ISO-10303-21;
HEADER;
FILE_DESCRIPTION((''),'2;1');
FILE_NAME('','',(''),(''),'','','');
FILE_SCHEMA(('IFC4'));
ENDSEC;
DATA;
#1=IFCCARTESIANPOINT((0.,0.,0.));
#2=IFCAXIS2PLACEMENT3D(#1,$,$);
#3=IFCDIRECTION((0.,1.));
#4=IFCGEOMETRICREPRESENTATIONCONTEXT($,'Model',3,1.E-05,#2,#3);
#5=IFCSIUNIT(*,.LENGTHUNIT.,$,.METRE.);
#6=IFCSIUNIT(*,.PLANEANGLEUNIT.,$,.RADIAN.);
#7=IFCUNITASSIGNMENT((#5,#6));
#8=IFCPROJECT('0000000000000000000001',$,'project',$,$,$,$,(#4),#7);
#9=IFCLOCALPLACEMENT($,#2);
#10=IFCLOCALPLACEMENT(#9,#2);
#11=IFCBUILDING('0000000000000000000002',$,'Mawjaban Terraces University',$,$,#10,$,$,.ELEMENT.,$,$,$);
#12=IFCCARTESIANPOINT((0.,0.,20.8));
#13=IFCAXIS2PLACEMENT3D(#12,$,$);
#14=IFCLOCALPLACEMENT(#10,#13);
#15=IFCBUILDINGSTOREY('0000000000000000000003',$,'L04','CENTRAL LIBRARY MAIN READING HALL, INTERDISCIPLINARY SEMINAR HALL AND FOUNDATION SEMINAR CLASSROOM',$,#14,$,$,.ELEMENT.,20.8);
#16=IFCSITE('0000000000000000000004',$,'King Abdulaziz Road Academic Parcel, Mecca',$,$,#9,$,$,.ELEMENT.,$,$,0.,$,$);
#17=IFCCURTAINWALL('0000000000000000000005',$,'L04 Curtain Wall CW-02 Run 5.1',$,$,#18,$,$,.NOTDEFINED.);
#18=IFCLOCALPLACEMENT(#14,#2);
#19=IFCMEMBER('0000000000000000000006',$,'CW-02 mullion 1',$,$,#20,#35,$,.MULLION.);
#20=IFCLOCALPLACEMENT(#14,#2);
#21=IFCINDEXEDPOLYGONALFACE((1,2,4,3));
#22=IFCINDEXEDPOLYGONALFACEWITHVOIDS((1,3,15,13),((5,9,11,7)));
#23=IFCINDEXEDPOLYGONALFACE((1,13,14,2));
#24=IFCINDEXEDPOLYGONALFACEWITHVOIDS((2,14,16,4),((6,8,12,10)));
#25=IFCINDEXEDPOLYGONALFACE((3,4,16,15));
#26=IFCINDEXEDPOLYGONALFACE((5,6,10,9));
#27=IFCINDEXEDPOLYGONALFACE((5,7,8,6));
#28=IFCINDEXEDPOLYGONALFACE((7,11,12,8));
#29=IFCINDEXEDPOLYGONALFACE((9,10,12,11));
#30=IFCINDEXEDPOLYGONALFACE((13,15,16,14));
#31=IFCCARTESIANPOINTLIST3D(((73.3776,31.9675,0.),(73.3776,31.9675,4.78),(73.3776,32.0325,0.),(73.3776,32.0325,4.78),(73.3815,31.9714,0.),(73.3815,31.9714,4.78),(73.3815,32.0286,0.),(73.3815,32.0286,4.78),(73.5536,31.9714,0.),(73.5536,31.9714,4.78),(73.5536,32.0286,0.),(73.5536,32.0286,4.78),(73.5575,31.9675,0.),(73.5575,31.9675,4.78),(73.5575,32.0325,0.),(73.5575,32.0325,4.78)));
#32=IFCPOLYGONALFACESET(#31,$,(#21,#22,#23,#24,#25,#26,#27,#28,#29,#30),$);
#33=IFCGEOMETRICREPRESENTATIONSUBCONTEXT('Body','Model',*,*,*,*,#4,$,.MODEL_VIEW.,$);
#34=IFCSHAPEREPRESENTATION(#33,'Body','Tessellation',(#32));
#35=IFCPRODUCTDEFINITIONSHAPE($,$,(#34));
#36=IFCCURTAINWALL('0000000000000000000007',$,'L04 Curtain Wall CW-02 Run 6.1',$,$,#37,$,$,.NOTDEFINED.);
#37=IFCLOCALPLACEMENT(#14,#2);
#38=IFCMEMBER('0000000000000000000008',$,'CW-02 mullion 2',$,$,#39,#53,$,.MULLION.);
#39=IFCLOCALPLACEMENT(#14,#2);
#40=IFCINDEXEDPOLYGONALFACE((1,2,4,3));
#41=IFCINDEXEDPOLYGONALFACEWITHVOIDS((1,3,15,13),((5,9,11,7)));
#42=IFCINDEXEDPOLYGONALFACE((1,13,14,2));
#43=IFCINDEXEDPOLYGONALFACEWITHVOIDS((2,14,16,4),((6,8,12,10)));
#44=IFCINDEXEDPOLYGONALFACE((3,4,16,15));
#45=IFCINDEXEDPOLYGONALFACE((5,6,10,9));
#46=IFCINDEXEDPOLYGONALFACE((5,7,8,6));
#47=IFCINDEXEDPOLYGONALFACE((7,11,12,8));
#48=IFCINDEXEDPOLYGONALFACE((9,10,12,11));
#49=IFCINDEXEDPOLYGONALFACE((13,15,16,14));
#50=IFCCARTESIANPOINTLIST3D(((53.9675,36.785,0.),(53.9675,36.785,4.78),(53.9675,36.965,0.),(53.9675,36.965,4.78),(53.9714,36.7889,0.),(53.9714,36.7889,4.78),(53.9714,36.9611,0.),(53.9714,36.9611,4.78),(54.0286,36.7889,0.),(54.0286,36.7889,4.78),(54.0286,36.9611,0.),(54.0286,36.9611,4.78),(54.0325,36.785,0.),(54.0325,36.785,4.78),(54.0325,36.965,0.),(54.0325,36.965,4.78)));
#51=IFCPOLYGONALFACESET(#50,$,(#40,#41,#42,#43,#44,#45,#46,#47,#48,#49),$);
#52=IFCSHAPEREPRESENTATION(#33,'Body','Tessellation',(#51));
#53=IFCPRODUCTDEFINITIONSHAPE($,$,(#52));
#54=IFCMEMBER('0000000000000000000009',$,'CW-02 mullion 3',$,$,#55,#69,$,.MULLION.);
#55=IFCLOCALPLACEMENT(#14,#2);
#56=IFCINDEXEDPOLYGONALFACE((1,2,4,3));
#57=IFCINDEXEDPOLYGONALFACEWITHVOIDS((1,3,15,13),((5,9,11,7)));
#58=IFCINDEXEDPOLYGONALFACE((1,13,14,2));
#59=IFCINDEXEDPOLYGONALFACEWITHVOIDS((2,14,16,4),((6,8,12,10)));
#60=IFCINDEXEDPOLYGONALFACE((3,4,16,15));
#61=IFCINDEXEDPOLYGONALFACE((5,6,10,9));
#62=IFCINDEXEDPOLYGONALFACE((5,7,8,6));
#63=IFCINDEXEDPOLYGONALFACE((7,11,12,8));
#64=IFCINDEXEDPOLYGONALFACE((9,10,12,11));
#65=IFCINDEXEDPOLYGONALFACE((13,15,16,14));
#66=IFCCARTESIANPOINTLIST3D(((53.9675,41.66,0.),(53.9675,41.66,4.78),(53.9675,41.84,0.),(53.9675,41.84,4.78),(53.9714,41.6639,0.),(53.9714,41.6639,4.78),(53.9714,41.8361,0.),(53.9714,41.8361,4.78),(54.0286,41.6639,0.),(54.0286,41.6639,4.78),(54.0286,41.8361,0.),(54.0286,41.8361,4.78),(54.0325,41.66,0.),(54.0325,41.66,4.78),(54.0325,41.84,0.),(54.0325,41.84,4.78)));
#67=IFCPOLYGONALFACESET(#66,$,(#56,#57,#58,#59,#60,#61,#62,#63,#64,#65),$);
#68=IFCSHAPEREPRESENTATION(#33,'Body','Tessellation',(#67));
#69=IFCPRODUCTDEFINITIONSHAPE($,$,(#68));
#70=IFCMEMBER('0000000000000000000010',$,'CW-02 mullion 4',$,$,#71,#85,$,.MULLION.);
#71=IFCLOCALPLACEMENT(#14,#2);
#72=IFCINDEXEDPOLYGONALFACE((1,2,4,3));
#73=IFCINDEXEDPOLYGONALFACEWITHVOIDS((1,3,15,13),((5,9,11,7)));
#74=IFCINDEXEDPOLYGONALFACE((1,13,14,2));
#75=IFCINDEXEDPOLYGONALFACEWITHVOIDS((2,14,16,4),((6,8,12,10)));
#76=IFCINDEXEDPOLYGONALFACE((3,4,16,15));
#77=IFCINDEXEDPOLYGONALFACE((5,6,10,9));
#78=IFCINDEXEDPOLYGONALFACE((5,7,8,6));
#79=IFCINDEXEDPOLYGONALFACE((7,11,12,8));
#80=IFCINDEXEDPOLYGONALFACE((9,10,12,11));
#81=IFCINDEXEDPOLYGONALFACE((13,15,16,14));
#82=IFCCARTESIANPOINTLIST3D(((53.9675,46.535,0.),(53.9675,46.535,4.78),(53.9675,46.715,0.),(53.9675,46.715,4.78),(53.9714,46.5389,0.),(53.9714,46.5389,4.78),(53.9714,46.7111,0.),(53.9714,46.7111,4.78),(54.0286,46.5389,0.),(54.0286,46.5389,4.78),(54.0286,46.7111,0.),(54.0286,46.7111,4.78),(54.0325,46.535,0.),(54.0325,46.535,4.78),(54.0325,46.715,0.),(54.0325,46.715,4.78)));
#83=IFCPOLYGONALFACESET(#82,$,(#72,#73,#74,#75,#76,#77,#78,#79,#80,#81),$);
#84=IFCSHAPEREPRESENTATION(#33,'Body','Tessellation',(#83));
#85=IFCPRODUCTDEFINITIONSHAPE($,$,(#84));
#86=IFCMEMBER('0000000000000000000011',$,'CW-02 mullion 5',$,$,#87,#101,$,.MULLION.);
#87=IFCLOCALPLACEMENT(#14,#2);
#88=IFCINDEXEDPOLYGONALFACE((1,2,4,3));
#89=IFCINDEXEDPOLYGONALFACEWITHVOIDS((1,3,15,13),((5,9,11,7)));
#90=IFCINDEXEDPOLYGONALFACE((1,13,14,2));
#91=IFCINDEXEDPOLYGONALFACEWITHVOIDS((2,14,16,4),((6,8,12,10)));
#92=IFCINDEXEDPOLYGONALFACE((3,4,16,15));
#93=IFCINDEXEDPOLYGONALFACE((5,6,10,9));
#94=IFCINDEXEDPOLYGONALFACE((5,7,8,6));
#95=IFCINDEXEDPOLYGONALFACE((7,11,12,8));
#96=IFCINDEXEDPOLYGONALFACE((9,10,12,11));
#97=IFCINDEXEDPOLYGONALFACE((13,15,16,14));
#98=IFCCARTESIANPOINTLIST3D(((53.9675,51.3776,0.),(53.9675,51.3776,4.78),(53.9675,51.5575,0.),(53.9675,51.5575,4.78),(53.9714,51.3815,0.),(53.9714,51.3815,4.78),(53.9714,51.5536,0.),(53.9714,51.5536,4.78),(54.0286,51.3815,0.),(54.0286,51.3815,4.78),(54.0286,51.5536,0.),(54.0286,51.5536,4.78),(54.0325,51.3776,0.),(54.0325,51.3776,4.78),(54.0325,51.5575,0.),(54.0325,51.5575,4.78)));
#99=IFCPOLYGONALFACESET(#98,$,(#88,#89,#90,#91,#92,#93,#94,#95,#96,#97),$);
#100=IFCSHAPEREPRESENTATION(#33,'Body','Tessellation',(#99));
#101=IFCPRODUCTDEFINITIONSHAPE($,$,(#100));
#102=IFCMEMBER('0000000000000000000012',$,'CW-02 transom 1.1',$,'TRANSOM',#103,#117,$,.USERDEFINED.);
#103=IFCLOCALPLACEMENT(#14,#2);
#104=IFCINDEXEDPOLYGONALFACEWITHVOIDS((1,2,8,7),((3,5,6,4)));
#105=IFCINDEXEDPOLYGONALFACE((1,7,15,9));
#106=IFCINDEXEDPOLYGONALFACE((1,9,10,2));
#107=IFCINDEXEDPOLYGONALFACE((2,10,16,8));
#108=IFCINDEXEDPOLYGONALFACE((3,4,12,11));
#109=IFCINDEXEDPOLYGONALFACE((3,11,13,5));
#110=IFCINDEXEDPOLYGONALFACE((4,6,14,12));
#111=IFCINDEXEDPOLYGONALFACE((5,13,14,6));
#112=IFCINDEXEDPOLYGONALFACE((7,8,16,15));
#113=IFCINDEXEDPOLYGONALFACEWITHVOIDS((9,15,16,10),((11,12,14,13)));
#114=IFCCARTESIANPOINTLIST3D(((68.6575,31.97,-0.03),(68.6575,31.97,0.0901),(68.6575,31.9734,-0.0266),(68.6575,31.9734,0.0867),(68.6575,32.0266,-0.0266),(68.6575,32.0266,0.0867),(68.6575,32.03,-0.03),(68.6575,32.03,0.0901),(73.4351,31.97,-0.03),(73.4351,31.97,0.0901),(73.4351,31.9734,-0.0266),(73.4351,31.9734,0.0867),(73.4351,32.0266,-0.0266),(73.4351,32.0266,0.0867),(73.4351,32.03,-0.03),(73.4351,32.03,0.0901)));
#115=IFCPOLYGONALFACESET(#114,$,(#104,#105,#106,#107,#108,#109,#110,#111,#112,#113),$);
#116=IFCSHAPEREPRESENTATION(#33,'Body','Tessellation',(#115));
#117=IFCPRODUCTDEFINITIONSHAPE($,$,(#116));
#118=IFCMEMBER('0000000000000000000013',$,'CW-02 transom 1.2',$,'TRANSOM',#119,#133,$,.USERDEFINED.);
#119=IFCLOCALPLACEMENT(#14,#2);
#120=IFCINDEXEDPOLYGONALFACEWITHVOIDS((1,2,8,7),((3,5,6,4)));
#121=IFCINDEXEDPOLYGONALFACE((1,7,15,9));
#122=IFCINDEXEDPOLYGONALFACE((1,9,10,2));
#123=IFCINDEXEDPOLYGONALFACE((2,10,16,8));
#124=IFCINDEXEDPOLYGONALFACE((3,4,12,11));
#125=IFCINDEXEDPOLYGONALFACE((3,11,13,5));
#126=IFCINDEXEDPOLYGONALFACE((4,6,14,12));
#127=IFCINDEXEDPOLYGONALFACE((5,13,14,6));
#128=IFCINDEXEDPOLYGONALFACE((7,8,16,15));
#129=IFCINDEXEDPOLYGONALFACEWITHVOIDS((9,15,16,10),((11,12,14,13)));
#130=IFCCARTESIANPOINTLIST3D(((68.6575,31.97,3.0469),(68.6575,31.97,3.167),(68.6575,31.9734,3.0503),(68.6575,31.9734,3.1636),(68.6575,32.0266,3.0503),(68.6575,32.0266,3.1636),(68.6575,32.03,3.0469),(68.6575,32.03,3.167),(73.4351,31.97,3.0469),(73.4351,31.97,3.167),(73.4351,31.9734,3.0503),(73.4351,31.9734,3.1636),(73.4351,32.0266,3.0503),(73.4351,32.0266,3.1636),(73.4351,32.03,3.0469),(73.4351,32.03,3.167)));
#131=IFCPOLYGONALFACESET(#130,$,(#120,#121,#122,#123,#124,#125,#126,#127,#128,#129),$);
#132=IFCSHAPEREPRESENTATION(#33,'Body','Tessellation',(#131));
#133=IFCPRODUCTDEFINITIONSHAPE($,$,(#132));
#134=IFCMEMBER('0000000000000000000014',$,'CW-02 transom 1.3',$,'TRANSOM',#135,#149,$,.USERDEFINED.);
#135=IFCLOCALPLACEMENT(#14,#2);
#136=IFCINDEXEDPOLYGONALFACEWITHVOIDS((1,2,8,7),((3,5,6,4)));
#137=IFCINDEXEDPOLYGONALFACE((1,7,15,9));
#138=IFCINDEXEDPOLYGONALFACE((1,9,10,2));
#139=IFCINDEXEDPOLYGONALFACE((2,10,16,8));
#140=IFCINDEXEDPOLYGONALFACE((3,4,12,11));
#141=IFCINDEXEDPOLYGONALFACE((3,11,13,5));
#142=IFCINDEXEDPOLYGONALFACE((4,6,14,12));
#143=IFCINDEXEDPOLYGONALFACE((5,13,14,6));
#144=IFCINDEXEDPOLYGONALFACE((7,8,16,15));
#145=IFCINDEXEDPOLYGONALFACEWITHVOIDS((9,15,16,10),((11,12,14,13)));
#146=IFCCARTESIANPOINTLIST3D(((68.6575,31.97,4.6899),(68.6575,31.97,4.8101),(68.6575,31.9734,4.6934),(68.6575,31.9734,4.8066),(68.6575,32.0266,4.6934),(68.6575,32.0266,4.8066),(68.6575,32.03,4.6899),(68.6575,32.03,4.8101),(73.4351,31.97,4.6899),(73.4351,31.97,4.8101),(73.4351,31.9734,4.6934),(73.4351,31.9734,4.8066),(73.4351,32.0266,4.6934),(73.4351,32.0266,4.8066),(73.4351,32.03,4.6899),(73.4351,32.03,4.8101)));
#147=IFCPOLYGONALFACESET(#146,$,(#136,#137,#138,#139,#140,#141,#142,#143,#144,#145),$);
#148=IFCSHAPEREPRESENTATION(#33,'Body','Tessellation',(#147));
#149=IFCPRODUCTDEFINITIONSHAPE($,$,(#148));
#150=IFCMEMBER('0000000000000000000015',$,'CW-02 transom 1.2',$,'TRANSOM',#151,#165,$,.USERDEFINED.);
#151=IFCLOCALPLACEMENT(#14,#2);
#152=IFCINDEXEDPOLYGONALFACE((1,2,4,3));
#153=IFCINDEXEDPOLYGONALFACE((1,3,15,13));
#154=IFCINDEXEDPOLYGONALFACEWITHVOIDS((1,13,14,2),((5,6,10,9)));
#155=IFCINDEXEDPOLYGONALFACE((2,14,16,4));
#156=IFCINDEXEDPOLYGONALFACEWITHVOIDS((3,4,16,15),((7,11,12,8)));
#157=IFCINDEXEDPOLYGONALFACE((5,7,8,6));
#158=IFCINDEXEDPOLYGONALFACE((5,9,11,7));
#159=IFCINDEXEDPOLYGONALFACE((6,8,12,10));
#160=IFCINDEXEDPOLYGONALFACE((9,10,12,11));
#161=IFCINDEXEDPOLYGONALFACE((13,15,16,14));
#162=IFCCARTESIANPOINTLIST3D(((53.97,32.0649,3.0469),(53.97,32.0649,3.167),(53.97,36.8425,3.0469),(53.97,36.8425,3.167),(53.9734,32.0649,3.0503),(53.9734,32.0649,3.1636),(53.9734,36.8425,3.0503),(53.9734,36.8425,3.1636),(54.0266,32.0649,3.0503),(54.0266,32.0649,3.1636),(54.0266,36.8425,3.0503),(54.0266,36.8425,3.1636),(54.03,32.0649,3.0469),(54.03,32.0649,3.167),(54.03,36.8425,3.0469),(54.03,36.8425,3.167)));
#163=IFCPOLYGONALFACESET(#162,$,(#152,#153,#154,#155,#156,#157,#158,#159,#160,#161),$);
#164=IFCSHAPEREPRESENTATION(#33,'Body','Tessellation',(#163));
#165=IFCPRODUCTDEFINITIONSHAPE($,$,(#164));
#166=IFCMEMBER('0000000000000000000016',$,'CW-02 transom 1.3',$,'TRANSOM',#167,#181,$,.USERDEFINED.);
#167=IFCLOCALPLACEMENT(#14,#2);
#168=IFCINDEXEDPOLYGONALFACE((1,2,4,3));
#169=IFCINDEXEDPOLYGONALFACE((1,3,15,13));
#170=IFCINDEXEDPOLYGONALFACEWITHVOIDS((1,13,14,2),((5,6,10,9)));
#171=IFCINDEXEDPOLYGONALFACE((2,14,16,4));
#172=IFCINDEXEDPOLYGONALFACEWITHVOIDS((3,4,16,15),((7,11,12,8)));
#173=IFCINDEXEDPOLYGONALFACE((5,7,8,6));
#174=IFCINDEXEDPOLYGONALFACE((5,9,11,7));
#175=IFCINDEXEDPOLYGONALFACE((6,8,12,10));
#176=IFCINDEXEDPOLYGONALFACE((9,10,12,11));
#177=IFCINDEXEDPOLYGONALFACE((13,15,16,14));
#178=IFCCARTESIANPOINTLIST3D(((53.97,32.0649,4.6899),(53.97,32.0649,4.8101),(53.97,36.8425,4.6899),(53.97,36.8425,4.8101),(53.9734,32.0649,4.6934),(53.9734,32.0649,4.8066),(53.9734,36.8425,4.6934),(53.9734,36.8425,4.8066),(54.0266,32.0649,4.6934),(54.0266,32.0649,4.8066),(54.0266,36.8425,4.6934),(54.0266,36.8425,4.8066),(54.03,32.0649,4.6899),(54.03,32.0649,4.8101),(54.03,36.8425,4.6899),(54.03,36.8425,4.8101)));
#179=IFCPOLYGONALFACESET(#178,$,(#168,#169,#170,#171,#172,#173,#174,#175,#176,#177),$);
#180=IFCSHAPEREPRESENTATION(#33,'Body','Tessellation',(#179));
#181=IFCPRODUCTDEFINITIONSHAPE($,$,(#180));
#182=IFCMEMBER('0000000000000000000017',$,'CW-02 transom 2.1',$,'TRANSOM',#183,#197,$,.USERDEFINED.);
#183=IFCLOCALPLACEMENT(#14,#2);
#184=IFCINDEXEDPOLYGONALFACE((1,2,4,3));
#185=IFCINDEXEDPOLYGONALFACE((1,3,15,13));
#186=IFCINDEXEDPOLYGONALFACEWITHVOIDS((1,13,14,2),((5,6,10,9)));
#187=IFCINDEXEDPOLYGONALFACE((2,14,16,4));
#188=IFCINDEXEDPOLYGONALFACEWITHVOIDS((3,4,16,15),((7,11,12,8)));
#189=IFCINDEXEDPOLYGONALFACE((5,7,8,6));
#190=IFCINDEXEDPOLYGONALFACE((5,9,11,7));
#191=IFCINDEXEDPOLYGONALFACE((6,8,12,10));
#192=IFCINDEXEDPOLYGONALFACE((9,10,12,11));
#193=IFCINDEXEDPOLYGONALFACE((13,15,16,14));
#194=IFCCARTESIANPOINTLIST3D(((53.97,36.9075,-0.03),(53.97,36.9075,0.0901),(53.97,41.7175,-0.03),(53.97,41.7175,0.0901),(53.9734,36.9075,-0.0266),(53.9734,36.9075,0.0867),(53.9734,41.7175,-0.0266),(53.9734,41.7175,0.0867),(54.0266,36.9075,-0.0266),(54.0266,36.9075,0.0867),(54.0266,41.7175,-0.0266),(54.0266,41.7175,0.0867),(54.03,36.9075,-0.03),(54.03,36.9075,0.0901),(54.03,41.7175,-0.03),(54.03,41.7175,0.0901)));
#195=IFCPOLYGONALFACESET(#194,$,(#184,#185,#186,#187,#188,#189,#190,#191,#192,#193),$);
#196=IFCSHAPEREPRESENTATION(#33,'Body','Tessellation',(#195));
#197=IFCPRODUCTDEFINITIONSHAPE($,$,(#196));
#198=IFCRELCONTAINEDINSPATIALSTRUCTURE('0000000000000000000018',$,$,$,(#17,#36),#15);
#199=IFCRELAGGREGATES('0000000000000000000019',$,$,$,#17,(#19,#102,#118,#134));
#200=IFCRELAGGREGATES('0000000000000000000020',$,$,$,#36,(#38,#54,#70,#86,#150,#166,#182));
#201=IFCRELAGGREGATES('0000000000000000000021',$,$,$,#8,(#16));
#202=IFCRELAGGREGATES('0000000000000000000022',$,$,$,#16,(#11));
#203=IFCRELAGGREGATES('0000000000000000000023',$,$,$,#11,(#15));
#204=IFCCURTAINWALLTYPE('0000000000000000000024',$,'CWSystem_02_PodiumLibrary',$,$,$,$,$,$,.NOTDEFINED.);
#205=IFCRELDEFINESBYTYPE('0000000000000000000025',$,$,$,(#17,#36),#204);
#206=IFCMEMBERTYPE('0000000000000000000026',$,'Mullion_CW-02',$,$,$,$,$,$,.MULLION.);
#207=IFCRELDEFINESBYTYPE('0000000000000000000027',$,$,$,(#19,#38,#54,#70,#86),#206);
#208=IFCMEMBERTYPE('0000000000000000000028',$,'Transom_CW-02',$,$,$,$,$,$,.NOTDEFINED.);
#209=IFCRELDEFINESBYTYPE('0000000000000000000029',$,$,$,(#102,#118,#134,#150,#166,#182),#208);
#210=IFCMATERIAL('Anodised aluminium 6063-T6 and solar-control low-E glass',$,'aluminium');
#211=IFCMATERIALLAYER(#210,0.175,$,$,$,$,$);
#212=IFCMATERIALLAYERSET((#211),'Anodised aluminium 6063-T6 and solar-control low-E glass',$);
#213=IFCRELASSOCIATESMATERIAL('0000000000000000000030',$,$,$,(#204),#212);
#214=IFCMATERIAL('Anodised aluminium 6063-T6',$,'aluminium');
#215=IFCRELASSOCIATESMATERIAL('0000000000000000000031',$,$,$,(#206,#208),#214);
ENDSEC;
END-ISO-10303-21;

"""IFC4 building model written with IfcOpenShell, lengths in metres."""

from ifc_helpers import new_model, si_unit, direction, frame, origin, origin_2d, place, context, subcontext, project, spatial, hollow_rectangle, extrude, material, layer, layer_set, material_profile, profile_set, type_object, element, aggregate, save


model = new_model("IFC4")

# Units and contexts
model_context = context("Model", 3, precision=1e-05, world=origin(), true_north=direction((0.0, 1.0)))
body_context = subcontext(model_context, "Body", "Model", "MODEL_VIEW")
ifc_project = project(units=[si_unit("LENGTHUNIT", "METRE"), si_unit("PLANEANGLEUNIT", "RADIAN")], contexts=[model_context])

# Site, building, storey
site_placement = place(None, origin())
site = spatial("IfcSite", under=ifc_project, at=site_placement, Name="King Abdulaziz Road Academic Parcel, Mecca", CompositionType="ELEMENT", RefElevation=0.0)
building_placement = place(site_placement, origin())
building = spatial("IfcBuilding", under=site, at=building_placement, Name="Mawjaban Terraces University", CompositionType="ELEMENT")
storey_placement = place(building_placement, frame((0.0, 0.0, 20.8)))
storey = spatial("IfcBuildingStorey", under=building, at=storey_placement, Name="L04", Description="CENTRAL LIBRARY MAIN READING HALL, INTERDISCIPLINARY SEMINAR HALL AND FOUNDATION SEMINAR CLASSROOM", CompositionType="ELEMENT", Elevation=20.8)

# Curtain wall, member
ifc_material_1 = material(Name="Anodised aluminium 6063-T6 and solar-control low-E glass", Category="aluminium")
ifc_layer_1 = layer(ifc_material_1, 0.175)
ifc_layer_set_1 = layer_set([ifc_layer_1], Name="Anodised aluminium 6063-T6 and solar-control low-E glass")
curtain_wall_type = type_object("IfcCurtainWallType", Name="CWSystem_02_PodiumLibrary", PredefinedType="NOTDEFINED", material=ifc_layer_set_1)
curtain_wall_1_placement = place(storey_placement, origin())
curtain_wall_1 = element("IfcCurtainWall", 1, at=curtain_wall_1_placement, inside=storey, type_object=curtain_wall_type, Name="L04 Curtain Wall CW-02 Run 5.1", PredefinedType="NOTDEFINED")
ifc_material_2 = material(Name="Anodised aluminium 6063-T6", Category="aluminium")
ifc_material_profile_1 = material_profile(ifc_material_2, hollow_rectangle(XDim=0.0649, YDim=0.1799, WallThickness=0.0039, at=origin_2d()), Name="ALU180X65X4")
ifc_profile_set_1 = profile_set([ifc_material_profile_1], Name="Anodised aluminium 6063-T6")
member_type_1 = type_object("IfcMemberType", Name="Mullion_CW-02", PredefinedType="MULLION", material=ifc_profile_set_1)
member_1_placement = place(storey_placement, frame((73.4675, 32.0, 0.0), z_axis=(0.0, 0.0, 1.0), x_axis=(0.0, -1.0, 0.0)))
member_1 = element("IfcMember", 2, at=member_1_placement, type_object=member_type_1, Name="CW-02 mullion 1", PredefinedType="MULLION", context=body_context, shape_type="SweptSolid", body=[
    extrude(hollow_rectangle(XDim=0.0649, YDim=0.1799, WallThickness=0.0039, at=origin_2d()), origin(), (0.0, 0.0, 1.0), 4.78),
])

# Curtain wall, members
curtain_wall_2_placement = place(storey_placement, origin())
curtain_wall_2 = element("IfcCurtainWall", 3, at=curtain_wall_2_placement, inside=storey, type_object=curtain_wall_type, Name="L04 Curtain Wall CW-02 Run 6.1", PredefinedType="NOTDEFINED")
member_2_placement = place(storey_placement, frame((54.0, 36.875, 0.0), z_axis=(0.0, 0.0, 1.0), x_axis=(-1.0, 0.0, 0.0)))
member_2 = element("IfcMember", 4, at=member_2_placement, type_object=member_type_1, Name="CW-02 mullion 2", PredefinedType="MULLION", context=body_context, shape_type="SweptSolid", body=[
    extrude(hollow_rectangle(XDim=0.0649, YDim=0.1799, WallThickness=0.0039, at=origin_2d()), origin(), (0.0, 0.0, 1.0), 4.78),
])
member_3_placement = place(storey_placement, frame((54.0, 41.75, 0.0), z_axis=(0.0, 0.0, 1.0), x_axis=(-1.0, 0.0, 0.0)))
member_3 = element("IfcMember", 5, at=member_3_placement, type_object=member_type_1, Name="CW-02 mullion 3", PredefinedType="MULLION", context=body_context, shape_type="SweptSolid", body=[
    extrude(hollow_rectangle(XDim=0.0649, YDim=0.1799, WallThickness=0.0039, at=origin_2d()), origin(), (0.0, 0.0, 1.0), 4.78),
])
member_4_placement = place(storey_placement, frame((54.0, 46.625, 0.0), z_axis=(0.0, 0.0, 1.0), x_axis=(-1.0, 0.0, 0.0)))
member_4 = element("IfcMember", 6, at=member_4_placement, type_object=member_type_1, Name="CW-02 mullion 4", PredefinedType="MULLION", context=body_context, shape_type="SweptSolid", body=[
    extrude(hollow_rectangle(XDim=0.0649, YDim=0.1799, WallThickness=0.0039, at=origin_2d()), origin(), (0.0, 0.0, 1.0), 4.78),
])
member_5_placement = place(storey_placement, frame((54.0, 51.4675, 0.0), z_axis=(0.0, 0.0, 1.0), x_axis=(-1.0, 0.0, 0.0)))
member_5 = element("IfcMember", 7, at=member_5_placement, type_object=member_type_1, Name="CW-02 mullion 5", PredefinedType="MULLION", context=body_context, shape_type="SweptSolid", body=[
    extrude(hollow_rectangle(XDim=0.0649, YDim=0.1799, WallThickness=0.0039, at=origin_2d()), origin(), (0.0, 0.0, 1.0), 4.78),
])

# Members
ifc_material_profile_2 = material_profile(ifc_material_2, hollow_rectangle(XDim=0.0601, YDim=0.1201, WallThickness=0.0034, at=origin_2d()), Name="ALU120X60X3.5")
ifc_profile_set_2 = profile_set([ifc_material_profile_2], Name="Anodised aluminium 6063-T6")
member_type_2 = type_object("IfcMemberType", Name="Transom_CW-02", PredefinedType="NOTDEFINED", material=ifc_profile_set_2)
member_6_placement = place(storey_placement, frame((73.4351, 32.0, 0.03), z_axis=(-1.0, 0.0, 0.0), x_axis=(0.0, -1.0, 0.0)))
member_6 = element("IfcMember", 8, at=member_6_placement, type_object=member_type_2, Name="CW-02 transom 1.1", ObjectType="TRANSOM", PredefinedType="USERDEFINED", context=body_context, shape_type="SweptSolid", body=[
    extrude(hollow_rectangle(XDim=0.0601, YDim=0.1201, WallThickness=0.0034, at=origin_2d()), origin(), (0.0, 0.0, 1.0), 4.7776),
])
member_7_placement = place(storey_placement, frame((73.4351, 32.0, 3.1069), z_axis=(-1.0, 0.0, 0.0), x_axis=(0.0, -1.0, 0.0)))
member_7 = element("IfcMember", 9, at=member_7_placement, type_object=member_type_2, Name="CW-02 transom 1.2", ObjectType="TRANSOM", PredefinedType="USERDEFINED", context=body_context, shape_type="SweptSolid", body=[
    extrude(hollow_rectangle(XDim=0.0601, YDim=0.1201, WallThickness=0.0034, at=origin_2d()), origin(), (0.0, 0.0, 1.0), 4.7776),
])
member_8_placement = place(storey_placement, frame((73.4351, 32.0, 4.75), z_axis=(-1.0, 0.0, 0.0), x_axis=(0.0, -1.0, 0.0)))
member_8 = element("IfcMember", 10, at=member_8_placement, type_object=member_type_2, Name="CW-02 transom 1.3", ObjectType="TRANSOM", PredefinedType="USERDEFINED", context=body_context, shape_type="SweptSolid", body=[
    extrude(hollow_rectangle(XDim=0.0601, YDim=0.1201, WallThickness=0.0034, at=origin_2d()), origin(), (0.0, 0.0, 1.0), 4.7776),
])
member_9_placement = place(storey_placement, frame((54.0, 32.0649, 3.1069), z_axis=(0.0, 1.0, 0.0), x_axis=(-1.0, 0.0, 0.0)))
member_9 = element("IfcMember", 11, at=member_9_placement, type_object=member_type_2, Name="CW-02 transom 1.2", ObjectType="TRANSOM", PredefinedType="USERDEFINED", context=body_context, shape_type="SweptSolid", body=[
    extrude(hollow_rectangle(XDim=0.0601, YDim=0.1201, WallThickness=0.0034, at=origin_2d()), origin(), (0.0, 0.0, 1.0), 4.7776),
])
member_10_placement = place(storey_placement, frame((54.0, 32.0649, 4.75), z_axis=(0.0, 1.0, 0.0), x_axis=(-1.0, 0.0, 0.0)))
member_10 = element("IfcMember", 12, at=member_10_placement, type_object=member_type_2, Name="CW-02 transom 1.3", ObjectType="TRANSOM", PredefinedType="USERDEFINED", context=body_context, shape_type="SweptSolid", body=[
    extrude(hollow_rectangle(XDim=0.0601, YDim=0.1201, WallThickness=0.0034, at=origin_2d()), origin(), (0.0, 0.0, 1.0), 4.7776),
])
member_11_placement = place(storey_placement, frame((54.0, 36.9075, 0.03), z_axis=(0.0, 1.0, 0.0), x_axis=(-1.0, 0.0, 0.0)))
member_11 = element("IfcMember", 13, at=member_11_placement, type_object=member_type_2, Name="CW-02 transom 2.1", ObjectType="TRANSOM", PredefinedType="USERDEFINED", context=body_context, shape_type="SweptSolid", body=[
    extrude(hollow_rectangle(XDim=0.0601, YDim=0.1201, WallThickness=0.0034, at=origin_2d()), origin(), (0.0, 0.0, 1.0), 4.8101),
])

aggregate(curtain_wall_1, [member_1, member_6, member_7, member_8])
aggregate(curtain_wall_2, [member_2, member_3, member_4, member_5, member_9, member_10, member_11])

save(model, "model.ifc")
